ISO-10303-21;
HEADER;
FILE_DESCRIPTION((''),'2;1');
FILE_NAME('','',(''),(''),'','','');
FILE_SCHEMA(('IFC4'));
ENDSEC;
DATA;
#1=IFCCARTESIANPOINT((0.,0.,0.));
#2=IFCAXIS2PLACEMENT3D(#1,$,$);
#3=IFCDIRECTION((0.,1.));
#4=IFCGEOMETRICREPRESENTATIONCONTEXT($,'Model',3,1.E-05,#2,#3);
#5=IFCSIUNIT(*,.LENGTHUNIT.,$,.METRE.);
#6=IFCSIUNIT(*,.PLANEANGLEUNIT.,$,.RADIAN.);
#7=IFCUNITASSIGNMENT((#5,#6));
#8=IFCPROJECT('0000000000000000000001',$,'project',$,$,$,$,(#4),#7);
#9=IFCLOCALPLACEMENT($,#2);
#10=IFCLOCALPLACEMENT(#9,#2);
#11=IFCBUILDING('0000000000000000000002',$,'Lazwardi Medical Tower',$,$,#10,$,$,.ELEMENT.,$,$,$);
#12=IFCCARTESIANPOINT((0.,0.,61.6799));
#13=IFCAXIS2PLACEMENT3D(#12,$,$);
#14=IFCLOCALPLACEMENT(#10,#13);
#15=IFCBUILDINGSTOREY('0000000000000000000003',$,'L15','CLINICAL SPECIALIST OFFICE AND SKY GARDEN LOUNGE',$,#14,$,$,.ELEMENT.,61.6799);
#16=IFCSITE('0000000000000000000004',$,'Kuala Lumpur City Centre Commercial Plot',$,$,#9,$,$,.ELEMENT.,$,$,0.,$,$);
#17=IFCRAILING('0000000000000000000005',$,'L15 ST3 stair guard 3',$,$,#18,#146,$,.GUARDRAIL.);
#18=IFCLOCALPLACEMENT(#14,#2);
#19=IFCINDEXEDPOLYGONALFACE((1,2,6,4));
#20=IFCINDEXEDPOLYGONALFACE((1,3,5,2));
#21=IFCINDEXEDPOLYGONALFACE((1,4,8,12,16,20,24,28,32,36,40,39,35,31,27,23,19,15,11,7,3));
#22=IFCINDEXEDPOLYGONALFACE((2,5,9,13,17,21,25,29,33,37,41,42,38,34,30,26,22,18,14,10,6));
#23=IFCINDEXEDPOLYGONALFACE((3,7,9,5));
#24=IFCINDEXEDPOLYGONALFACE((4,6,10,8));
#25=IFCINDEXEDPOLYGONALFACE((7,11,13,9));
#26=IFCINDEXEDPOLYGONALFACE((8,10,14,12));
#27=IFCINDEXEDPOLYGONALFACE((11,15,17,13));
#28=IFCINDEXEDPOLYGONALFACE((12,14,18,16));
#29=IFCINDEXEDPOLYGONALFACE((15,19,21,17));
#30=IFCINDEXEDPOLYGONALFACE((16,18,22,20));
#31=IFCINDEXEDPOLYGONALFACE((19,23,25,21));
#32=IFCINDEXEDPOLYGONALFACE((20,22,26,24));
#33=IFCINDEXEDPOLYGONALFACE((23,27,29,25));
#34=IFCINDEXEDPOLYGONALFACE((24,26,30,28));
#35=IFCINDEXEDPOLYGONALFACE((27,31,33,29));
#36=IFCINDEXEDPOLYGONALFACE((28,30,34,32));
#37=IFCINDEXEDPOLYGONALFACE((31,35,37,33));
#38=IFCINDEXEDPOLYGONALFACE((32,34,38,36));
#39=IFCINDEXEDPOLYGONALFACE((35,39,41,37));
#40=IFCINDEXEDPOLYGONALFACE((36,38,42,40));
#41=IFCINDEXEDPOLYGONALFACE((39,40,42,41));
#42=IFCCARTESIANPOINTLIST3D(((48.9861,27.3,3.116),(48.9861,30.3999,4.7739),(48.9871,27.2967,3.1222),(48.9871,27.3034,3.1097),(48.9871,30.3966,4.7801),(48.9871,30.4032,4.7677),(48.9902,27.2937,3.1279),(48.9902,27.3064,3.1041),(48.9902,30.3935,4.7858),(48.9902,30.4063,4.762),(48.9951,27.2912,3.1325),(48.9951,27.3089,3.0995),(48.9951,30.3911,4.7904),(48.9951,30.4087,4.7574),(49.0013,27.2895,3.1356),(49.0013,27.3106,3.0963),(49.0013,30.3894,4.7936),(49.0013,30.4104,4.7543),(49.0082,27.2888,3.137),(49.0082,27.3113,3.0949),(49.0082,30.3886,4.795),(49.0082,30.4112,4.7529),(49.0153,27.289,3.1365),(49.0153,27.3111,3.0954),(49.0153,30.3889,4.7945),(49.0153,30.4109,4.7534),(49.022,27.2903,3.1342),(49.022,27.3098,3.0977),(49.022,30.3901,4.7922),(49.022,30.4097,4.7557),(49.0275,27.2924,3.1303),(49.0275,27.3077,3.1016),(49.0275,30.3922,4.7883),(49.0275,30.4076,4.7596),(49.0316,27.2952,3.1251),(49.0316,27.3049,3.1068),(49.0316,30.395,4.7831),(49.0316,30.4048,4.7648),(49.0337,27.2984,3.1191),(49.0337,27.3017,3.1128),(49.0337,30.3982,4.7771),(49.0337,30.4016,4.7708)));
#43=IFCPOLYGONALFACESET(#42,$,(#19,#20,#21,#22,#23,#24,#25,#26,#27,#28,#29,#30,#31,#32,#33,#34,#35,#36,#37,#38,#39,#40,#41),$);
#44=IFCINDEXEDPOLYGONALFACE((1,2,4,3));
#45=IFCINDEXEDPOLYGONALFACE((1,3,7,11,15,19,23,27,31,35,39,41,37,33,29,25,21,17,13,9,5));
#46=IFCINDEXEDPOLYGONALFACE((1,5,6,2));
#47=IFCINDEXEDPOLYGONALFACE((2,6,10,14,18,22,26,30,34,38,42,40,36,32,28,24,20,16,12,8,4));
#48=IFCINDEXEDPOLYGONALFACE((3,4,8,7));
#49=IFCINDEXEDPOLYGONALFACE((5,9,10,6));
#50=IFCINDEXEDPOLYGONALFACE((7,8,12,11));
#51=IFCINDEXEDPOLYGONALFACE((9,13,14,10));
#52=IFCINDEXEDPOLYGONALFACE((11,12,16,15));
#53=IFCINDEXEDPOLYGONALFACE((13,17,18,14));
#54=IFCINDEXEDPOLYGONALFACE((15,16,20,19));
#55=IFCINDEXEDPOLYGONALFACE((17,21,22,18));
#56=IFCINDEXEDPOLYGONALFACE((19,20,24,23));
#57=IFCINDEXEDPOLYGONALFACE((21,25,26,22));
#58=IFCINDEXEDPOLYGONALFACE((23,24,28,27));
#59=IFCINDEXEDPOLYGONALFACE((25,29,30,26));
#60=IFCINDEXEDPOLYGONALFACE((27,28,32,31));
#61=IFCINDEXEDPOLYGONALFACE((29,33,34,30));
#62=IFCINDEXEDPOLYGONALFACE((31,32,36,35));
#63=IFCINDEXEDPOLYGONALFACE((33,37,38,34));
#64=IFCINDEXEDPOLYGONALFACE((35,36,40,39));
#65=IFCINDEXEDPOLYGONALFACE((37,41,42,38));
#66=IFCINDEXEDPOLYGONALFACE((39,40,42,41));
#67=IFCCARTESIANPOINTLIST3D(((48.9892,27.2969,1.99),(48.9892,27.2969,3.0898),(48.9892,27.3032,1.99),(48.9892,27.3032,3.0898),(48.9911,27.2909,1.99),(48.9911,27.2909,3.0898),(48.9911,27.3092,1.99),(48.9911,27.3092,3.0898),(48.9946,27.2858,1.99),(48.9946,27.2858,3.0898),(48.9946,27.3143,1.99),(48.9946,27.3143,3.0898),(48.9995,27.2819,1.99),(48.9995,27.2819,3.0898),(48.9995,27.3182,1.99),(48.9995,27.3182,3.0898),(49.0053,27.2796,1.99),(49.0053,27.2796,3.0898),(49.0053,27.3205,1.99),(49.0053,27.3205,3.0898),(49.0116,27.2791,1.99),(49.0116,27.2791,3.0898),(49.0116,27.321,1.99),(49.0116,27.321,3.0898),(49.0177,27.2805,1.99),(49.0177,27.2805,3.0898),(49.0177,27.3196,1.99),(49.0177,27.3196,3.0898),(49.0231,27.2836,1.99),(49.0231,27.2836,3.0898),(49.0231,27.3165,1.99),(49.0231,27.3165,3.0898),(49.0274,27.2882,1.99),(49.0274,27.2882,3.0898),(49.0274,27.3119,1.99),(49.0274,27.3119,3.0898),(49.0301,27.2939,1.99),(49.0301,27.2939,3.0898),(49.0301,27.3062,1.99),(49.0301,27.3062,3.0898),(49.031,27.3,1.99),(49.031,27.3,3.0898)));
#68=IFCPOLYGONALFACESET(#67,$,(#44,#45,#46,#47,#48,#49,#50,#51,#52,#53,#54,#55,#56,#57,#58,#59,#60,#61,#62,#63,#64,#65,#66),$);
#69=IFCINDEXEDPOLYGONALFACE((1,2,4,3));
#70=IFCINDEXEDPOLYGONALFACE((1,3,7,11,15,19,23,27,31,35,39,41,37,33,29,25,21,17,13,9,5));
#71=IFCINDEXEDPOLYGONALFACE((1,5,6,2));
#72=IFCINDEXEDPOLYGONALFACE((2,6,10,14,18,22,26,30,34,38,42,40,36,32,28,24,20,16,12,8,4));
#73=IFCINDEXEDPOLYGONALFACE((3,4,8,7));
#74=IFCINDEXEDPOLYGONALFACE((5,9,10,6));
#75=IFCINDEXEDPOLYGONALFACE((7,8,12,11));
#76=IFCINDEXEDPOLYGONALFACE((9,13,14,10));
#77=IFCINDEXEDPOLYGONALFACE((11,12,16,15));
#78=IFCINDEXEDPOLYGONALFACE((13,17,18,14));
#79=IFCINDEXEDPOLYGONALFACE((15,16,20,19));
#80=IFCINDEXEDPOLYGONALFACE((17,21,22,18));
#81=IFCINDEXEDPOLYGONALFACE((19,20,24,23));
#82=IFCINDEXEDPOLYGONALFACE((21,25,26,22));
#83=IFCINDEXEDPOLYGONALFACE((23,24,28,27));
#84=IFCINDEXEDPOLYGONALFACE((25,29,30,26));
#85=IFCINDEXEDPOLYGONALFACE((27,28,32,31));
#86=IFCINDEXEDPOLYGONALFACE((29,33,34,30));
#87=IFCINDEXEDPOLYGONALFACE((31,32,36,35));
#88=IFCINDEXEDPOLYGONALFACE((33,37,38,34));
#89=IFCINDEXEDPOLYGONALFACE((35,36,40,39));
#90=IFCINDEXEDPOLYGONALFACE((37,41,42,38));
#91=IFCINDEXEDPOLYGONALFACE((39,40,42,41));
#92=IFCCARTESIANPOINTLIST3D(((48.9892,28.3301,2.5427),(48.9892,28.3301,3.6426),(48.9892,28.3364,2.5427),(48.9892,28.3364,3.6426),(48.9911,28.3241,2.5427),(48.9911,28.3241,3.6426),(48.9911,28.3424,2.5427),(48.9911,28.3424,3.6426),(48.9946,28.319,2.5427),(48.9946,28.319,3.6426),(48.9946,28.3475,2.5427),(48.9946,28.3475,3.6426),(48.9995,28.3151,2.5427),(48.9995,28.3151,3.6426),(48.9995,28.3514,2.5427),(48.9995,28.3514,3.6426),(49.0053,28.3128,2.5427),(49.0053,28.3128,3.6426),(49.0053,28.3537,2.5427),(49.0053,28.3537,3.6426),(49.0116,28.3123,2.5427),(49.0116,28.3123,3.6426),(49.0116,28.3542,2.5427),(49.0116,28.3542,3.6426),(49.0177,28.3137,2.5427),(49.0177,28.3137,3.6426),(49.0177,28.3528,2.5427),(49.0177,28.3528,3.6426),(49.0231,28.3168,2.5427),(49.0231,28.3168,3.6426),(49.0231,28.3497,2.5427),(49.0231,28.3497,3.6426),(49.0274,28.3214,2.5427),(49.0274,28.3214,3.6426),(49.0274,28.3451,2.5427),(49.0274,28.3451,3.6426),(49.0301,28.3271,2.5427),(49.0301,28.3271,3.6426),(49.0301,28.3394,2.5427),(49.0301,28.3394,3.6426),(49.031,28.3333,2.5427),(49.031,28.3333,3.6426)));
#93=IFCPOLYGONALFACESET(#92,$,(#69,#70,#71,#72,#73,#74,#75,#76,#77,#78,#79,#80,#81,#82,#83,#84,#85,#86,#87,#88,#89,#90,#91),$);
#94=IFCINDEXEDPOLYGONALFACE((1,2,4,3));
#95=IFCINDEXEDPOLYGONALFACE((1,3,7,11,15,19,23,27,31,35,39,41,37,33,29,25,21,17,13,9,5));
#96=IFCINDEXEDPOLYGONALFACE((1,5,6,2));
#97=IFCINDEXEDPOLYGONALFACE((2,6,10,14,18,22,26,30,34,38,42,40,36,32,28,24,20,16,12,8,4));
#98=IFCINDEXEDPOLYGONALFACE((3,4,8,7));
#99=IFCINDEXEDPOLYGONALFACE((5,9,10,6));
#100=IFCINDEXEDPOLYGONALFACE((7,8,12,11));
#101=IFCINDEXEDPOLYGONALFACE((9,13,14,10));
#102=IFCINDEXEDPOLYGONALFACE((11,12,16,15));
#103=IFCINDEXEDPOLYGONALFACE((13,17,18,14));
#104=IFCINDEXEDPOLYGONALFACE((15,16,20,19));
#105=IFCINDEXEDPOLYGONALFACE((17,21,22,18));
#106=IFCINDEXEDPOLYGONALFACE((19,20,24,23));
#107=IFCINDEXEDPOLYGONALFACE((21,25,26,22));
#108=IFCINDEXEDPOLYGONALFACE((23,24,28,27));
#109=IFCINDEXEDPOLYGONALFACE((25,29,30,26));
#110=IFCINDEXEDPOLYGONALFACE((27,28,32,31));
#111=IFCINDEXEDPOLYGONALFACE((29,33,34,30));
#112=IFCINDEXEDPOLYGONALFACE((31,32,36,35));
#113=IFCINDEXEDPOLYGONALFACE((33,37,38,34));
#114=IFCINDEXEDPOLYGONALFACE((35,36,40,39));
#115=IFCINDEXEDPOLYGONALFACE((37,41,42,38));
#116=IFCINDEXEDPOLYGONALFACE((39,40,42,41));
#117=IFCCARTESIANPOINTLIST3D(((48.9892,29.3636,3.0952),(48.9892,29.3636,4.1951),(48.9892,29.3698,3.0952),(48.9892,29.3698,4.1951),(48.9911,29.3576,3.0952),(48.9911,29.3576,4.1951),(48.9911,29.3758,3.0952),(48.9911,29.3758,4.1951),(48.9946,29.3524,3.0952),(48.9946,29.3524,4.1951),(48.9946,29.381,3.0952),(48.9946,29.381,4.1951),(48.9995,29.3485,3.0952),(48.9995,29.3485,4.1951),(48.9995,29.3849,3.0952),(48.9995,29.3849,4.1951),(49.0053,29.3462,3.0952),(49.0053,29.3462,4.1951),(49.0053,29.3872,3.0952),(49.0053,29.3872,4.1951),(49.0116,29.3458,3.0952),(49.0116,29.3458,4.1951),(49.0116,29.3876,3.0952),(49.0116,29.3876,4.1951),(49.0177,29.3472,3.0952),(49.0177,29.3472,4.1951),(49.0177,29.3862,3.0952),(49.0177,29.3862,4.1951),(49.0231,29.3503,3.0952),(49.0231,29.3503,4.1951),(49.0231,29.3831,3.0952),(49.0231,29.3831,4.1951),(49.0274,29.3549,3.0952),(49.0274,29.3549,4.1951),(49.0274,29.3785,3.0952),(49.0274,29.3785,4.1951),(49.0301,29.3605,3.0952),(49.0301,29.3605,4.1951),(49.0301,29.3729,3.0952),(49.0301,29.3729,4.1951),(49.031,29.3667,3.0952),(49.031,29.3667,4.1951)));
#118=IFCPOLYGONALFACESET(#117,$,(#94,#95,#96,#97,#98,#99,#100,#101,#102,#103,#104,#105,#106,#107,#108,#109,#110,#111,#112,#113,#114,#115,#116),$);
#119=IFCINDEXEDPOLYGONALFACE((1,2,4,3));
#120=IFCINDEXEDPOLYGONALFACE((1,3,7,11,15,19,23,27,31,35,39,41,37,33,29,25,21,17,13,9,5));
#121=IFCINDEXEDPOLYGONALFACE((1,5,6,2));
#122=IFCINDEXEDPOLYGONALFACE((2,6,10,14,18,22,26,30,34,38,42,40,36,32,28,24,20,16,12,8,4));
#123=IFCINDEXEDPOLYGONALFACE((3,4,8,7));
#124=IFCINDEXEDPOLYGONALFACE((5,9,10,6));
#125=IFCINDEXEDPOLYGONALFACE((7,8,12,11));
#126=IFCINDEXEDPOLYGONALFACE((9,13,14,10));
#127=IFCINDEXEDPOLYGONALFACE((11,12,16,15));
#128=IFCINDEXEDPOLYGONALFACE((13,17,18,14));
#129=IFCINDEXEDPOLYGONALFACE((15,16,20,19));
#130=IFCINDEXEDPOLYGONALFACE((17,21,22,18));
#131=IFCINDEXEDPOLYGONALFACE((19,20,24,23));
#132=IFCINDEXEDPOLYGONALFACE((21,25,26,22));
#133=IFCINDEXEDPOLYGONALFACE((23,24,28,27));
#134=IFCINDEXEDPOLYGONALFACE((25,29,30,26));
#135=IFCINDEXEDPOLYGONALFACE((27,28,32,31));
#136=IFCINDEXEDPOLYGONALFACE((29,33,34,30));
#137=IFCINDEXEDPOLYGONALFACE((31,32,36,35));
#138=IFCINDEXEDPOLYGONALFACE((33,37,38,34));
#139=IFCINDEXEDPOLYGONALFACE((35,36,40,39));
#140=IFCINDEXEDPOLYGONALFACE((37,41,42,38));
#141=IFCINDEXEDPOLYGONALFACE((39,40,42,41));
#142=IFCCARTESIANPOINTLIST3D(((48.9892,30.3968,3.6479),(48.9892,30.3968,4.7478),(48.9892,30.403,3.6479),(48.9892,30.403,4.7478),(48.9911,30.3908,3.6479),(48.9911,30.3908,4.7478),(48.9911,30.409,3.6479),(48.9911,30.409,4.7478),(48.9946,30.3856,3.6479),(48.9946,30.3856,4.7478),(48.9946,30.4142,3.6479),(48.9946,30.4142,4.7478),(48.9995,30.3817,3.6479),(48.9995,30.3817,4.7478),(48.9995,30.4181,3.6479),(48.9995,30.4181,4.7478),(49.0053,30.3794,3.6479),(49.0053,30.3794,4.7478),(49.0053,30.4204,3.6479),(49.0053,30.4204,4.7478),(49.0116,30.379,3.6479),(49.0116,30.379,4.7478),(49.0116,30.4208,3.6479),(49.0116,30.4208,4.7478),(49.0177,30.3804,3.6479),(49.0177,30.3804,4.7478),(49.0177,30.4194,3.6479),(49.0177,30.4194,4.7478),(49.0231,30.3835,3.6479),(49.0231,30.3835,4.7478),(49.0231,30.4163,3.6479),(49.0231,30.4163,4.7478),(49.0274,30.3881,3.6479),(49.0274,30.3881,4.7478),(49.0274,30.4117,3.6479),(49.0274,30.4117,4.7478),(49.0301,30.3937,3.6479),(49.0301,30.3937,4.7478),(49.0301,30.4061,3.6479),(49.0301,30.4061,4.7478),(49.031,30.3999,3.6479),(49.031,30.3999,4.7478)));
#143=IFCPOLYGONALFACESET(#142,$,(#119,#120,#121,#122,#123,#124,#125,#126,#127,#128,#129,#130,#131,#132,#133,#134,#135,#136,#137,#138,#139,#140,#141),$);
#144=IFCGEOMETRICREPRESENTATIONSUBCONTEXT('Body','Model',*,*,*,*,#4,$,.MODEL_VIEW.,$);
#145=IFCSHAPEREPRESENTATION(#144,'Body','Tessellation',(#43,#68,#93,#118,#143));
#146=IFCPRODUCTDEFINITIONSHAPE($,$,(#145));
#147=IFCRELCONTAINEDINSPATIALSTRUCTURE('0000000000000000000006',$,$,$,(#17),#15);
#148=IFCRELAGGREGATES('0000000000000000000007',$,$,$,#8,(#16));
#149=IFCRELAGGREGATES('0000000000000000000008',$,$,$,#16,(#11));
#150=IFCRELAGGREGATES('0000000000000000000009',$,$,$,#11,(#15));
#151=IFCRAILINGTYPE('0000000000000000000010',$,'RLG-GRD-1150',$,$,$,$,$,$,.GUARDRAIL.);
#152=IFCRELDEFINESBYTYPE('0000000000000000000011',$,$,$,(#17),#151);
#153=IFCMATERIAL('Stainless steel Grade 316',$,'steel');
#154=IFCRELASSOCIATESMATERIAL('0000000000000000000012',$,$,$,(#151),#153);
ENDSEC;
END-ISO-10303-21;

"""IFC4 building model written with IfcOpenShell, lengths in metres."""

from ifc_helpers import new_model, si_unit, direction, frame, origin, origin_2d, place, context, subcontext, project, spatial, circle, extrude, material, type_object, element, save


model = new_model("IFC4")

# Units and contexts
model_context = context("Model", 3, precision=1e-05, world=origin(), true_north=direction((0.0, 1.0)))
body_context = subcontext(model_context, "Body", "Model", "MODEL_VIEW")
ifc_project = project(units=[si_unit("LENGTHUNIT", "METRE"), si_unit("PLANEANGLEUNIT", "RADIAN")], contexts=[model_context])

# Site, building, storey
site_placement = place(None, origin())
site = spatial("IfcSite", under=ifc_project, at=site_placement, Name="Kuala Lumpur City Centre Commercial Plot", CompositionType="ELEMENT", RefElevation=0.0)
building_placement = place(site_placement, origin())
building = spatial("IfcBuilding", under=site, at=building_placement, Name="Lazwardi Medical Tower", CompositionType="ELEMENT")
storey_placement = place(building_placement, frame((0.0, 0.0, 61.6799)))
storey = spatial("IfcBuildingStorey", under=building, at=storey_placement, Name="L15", Description="CLINICAL SPECIALIST OFFICE AND SKY GARDEN LOUNGE", CompositionType="ELEMENT", Elevation=61.6799)

# Railing
ifc_material_1 = material(Name="Stainless steel Grade 316", Category="steel")
railing_type_1 = type_object("IfcRailingType", Name="RLG-GRD-1150", PredefinedType="GUARDRAIL", material=ifc_material_1)
railing_1_placement = place(storey_placement, frame((49.01, 27.3, 1.99)))
element("IfcRailing", 1, at=railing_1_placement, inside=storey, type_object=railing_type_1, Name="L15 ST3 stair guard 3", PredefinedType="GUARDRAIL", context=body_context, shape_type="SweptSolid", body=[
    extrude(circle(Radius=0.0239, at=origin_2d()), frame((0.0, 0.0, 1.126), z_axis=(0.0, 0.881797, 0.47163), x_axis=(-1.0, 0.0, 0.0)), (0.0, 0.0, 1.0), 3.5154),
    extrude(circle(Radius=0.021, at=origin_2d()), origin(), (0.0, 0.0, 1.0), 1.0999),
    extrude(circle(Radius=0.021, at=origin_2d()), frame((0.0, 1.0332, 0.5527)), (0.0, 0.0, 1.0), 1.0999),
    extrude(circle(Radius=0.021, at=origin_2d()), frame((0.0, 2.0667, 1.1052)), (0.0, 0.0, 1.0), 1.0999),
    extrude(circle(Radius=0.021, at=origin_2d()), frame((0.0, 3.0999, 1.658)), (0.0, 0.0, 1.0), 1.0999),
])

save(model, "model.ifc")
